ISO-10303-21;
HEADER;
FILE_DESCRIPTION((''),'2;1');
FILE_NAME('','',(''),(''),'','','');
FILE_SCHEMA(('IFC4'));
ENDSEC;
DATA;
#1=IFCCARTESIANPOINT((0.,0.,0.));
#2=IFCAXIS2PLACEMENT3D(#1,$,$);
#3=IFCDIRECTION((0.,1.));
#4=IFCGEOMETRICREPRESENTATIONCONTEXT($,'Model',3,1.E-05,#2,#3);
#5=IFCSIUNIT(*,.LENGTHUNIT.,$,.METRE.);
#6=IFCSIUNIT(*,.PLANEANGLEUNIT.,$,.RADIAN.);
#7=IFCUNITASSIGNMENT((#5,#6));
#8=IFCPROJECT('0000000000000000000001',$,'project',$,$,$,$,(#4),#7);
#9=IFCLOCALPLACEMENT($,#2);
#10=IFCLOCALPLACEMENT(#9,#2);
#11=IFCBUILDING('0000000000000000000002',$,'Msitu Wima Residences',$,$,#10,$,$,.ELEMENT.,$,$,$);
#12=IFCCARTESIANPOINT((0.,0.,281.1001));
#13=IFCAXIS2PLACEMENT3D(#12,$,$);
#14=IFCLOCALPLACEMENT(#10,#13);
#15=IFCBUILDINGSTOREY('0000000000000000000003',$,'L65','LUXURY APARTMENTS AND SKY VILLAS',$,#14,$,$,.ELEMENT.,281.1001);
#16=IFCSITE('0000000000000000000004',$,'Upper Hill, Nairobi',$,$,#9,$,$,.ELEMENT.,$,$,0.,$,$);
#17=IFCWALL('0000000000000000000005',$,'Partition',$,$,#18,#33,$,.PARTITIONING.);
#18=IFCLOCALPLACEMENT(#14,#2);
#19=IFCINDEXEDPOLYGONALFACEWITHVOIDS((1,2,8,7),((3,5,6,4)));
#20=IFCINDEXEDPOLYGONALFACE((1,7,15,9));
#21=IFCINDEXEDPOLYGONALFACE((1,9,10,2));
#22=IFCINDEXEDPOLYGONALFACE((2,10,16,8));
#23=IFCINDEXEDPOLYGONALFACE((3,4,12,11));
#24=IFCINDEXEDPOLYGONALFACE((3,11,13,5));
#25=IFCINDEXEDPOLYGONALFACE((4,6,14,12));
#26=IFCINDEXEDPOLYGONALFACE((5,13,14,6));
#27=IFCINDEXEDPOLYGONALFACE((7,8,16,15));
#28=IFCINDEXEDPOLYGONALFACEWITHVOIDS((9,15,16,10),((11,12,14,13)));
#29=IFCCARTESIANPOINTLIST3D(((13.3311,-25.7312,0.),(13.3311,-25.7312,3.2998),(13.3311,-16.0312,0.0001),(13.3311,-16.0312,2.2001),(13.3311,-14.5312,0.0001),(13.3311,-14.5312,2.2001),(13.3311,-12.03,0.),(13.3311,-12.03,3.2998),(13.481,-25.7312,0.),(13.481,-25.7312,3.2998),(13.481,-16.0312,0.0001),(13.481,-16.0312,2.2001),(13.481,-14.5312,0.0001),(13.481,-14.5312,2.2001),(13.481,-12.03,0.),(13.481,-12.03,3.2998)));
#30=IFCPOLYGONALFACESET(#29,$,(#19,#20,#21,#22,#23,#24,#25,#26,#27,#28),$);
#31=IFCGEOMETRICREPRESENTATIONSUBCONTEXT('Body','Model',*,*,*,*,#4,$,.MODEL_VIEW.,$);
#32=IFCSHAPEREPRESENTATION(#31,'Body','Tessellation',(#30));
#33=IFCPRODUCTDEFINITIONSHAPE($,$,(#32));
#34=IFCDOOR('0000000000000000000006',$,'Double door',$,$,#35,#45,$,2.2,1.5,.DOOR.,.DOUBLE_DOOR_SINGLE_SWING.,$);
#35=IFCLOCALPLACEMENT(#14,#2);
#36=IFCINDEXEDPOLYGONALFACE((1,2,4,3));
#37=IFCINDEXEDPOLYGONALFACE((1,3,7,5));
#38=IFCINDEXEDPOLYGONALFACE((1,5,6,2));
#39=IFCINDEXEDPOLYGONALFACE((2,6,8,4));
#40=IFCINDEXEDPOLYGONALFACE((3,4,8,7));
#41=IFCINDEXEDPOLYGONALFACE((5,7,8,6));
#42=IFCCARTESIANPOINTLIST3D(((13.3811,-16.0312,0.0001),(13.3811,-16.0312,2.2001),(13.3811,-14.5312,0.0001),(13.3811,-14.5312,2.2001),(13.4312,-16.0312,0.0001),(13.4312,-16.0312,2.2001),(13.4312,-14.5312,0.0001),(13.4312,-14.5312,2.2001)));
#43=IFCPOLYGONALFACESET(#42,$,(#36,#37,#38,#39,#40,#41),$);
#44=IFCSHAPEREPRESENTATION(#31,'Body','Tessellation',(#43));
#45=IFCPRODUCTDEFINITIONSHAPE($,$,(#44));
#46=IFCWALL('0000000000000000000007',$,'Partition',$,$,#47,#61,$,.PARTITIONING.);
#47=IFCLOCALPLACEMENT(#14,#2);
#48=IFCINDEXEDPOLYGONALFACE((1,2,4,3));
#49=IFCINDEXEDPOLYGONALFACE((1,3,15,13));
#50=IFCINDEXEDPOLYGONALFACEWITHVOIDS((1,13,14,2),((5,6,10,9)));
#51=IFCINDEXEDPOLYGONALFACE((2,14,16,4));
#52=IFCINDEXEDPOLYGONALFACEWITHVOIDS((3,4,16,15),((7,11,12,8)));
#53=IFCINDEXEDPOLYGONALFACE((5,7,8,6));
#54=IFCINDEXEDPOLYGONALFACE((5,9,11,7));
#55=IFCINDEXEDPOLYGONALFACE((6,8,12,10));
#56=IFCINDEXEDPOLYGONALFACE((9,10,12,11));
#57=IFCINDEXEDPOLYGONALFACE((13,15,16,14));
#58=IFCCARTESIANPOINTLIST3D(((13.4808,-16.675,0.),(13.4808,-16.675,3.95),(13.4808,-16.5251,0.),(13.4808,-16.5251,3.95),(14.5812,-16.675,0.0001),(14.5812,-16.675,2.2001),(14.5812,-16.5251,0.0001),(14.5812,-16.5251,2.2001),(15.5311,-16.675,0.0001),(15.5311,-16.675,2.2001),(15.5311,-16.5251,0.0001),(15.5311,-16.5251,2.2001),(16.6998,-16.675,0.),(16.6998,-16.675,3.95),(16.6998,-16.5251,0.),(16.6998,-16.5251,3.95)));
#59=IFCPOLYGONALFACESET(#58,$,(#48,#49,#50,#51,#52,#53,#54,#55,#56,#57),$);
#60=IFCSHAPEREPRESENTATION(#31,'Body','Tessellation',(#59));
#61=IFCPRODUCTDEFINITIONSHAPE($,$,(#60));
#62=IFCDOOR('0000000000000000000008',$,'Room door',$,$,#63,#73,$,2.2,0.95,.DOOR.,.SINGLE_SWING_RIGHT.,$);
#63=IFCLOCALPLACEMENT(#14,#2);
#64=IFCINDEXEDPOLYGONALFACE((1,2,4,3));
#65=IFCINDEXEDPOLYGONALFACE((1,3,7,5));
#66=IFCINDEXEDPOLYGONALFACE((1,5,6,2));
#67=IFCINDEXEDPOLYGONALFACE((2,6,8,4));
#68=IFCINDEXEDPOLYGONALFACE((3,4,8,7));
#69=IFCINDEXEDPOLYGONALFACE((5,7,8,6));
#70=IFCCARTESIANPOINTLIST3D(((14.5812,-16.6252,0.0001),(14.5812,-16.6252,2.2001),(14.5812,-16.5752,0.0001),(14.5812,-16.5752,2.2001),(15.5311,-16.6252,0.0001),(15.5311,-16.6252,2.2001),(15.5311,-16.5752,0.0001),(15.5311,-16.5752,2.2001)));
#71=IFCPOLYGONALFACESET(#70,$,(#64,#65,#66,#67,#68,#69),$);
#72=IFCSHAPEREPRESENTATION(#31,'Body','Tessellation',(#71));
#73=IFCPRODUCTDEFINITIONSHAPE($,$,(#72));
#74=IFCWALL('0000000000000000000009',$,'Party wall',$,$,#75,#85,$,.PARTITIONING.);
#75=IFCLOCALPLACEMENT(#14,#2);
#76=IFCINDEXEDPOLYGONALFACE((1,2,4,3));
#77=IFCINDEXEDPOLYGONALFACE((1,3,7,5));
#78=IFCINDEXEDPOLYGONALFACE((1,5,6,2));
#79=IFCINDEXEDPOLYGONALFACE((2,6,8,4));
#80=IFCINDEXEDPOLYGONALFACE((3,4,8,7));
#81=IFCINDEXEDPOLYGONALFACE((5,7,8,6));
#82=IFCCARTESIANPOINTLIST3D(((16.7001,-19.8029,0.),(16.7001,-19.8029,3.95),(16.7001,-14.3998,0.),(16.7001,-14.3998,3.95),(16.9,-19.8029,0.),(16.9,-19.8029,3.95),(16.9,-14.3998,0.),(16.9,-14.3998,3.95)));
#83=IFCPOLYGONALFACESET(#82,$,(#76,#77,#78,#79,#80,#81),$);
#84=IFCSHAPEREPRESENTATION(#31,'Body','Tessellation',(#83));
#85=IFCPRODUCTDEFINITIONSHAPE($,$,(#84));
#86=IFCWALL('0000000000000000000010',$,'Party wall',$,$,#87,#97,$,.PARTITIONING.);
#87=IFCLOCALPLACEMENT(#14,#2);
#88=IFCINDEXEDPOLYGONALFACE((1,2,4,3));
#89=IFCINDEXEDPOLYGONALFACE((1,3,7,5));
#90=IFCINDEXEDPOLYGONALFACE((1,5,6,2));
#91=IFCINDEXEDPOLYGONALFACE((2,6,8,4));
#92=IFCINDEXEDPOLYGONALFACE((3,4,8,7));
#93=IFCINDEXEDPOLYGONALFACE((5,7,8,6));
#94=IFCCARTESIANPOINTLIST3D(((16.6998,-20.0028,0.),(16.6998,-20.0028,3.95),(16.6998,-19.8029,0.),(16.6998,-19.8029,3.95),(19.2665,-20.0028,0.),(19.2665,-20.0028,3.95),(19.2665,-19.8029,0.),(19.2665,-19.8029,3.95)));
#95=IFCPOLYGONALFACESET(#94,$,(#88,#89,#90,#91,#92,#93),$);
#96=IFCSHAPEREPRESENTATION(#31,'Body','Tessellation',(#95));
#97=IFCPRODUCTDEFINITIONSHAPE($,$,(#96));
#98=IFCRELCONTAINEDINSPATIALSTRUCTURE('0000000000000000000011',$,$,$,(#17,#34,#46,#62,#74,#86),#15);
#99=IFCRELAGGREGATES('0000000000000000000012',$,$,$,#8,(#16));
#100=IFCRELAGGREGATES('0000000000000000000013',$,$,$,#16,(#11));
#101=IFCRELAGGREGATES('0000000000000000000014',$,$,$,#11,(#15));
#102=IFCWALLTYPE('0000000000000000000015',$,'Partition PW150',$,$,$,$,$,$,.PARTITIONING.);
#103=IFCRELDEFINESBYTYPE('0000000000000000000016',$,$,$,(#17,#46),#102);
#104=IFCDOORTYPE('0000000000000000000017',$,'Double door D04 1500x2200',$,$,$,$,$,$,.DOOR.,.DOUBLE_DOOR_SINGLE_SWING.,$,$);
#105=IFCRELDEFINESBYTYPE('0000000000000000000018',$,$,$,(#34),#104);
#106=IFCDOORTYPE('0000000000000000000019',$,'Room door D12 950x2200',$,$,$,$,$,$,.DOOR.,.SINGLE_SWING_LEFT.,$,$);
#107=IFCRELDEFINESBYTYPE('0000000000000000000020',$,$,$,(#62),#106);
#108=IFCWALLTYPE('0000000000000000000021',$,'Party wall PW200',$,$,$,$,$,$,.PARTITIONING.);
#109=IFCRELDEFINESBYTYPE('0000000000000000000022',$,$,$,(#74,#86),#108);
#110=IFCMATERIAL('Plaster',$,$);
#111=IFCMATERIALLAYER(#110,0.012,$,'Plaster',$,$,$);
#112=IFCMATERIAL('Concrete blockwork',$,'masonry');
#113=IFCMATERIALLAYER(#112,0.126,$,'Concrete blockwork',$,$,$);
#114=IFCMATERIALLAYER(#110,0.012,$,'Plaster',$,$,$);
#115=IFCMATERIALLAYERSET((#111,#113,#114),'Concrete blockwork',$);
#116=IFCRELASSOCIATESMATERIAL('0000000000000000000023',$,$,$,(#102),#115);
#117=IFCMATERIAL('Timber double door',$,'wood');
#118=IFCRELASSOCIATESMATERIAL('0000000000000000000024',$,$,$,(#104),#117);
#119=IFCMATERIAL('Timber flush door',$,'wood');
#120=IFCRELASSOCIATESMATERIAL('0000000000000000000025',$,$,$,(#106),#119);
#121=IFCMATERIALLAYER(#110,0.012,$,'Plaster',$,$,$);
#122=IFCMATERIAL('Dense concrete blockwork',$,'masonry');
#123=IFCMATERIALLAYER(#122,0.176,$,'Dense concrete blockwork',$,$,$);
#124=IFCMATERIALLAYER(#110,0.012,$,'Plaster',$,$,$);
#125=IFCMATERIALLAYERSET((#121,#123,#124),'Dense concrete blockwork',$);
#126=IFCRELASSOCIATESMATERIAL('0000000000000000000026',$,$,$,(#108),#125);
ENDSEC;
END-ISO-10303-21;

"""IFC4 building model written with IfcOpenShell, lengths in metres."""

from ifc_helpers import new_model, si_unit, direction, frame, frame_2d, origin, place, context, subcontext, project, spatial, rectangle, extrude, material, layer, layer_set, type_object, element, fill, save


model = new_model("IFC4")

# Units and contexts
model_context = context("Model", 3, precision=1e-05, world=origin(), true_north=direction((0.0, 1.0)))
body_context = subcontext(model_context, "Body", "Model", "MODEL_VIEW")
ifc_project = project(units=[si_unit("LENGTHUNIT", "METRE"), si_unit("PLANEANGLEUNIT", "RADIAN")], contexts=[model_context])

# Site, building, storey
site_placement = place(None, origin())
site = spatial("IfcSite", under=ifc_project, at=site_placement, Name="Upper Hill, Nairobi", CompositionType="ELEMENT", RefElevation=0.0)
building_placement = place(site_placement, origin())
building = spatial("IfcBuilding", under=site, at=building_placement, Name="Msitu Wima Residences", CompositionType="ELEMENT")
storey_placement = place(building_placement, frame((0.0, 0.0, 281.1001)))
storey = spatial("IfcBuildingStorey", under=building, at=storey_placement, Name="L65", Description="LUXURY APARTMENTS AND SKY VILLAS", CompositionType="ELEMENT", Elevation=281.1001)

# Shared definitions
ifc_material_1 = material(Name="Plaster")
ifc_material_2 = material(Name="Concrete blockwork", Category="masonry")

# Walls, openings, doors
ifc_layer_1 = layer(ifc_material_1, 0.012, Name="Plaster")
ifc_layer_2 = layer(ifc_material_2, 0.126, Name="Concrete blockwork")
ifc_layer_3 = layer(ifc_material_1, 0.012, Name="Plaster")
ifc_layer_set_1 = layer_set([ifc_layer_1, ifc_layer_2, ifc_layer_3], Name="Concrete blockwork")
wall_type_1 = type_object("IfcWallType", Name="Partition PW150", PredefinedType="PARTITIONING", material=ifc_layer_set_1)
wall_1_placement = place(storey_placement, frame((13.406, -25.7312, 0.0), z_axis=(0.0, 0.0, 1.0), x_axis=(0.0, 1.0, 0.0)))
wall_1 = element("IfcWall", 1, at=wall_1_placement, inside=storey, type_object=wall_type_1, Name="Partition", PredefinedType="PARTITIONING", context=body_context, shape_type="SweptSolid", body=[
    extrude(rectangle(XDim=13.7012, YDim=0.1499, at=frame_2d((6.8506, 0.0))), origin(), (0.0, 0.0, 1.0), 3.2998),
])
opening_1_placement = place(wall_1_placement, frame((9.7, 0.0, 0.0)))
opening_1 = element("IfcOpeningElement", 2, at=opening_1_placement, cuts=wall_1, PredefinedType="OPENING", context=body_context, shape_type="SweptSolid", body=[
    extrude(rectangle(XDim=1.5, YDim=2.2, at=frame_2d((0.75, 1.1001))), frame((0.0, 0.085, 0.0), z_axis=(0.0, -1.0, 0.0), x_axis=(1.0, 0.0, 0.0)), (0.0, 0.0, 1.0), 0.1699),
])
ifc_material_3 = material(Name="Timber double door", Category="wood")
door_type_1 = type_object("IfcDoorType", Name="Double door D04 1500x2200", OperationType="DOUBLE_DOOR_SINGLE_SWING", PredefinedType="DOOR", material=ifc_material_3)
door_1_placement = place(opening_1_placement, origin())
door_1 = element("IfcDoor", 3, at=door_1_placement, inside=storey, type_object=door_type_1, Name="Double door", OperationType="DOUBLE_DOOR_SINGLE_SWING", OverallHeight=2.2, OverallWidth=1.5, PredefinedType="DOOR", context=body_context, shape_type="SweptSolid", body=[
    extrude(rectangle(XDim=1.5, YDim=2.2, at=frame_2d((0.75, 1.1001))), frame((0.0, 0.0249, 0.0), z_axis=(0.0, -1.0, 0.0), x_axis=(1.0, 0.0, 0.0)), (0.0, 0.0, 1.0), 0.05),
])
fill(opening_1, door_1)
wall_2_placement = place(storey_placement, frame((13.481, -16.6001, 0.0), z_axis=(0.0, 0.0, 1.0), x_axis=(1.0, 0.0, 0.0)))
wall_2 = element("IfcWall", 4, at=wall_2_placement, inside=storey, type_object=wall_type_1, Name="Partition", PredefinedType="PARTITIONING", context=body_context, shape_type="SweptSolid", body=[
    extrude(rectangle(XDim=3.219, YDim=0.1499, at=frame_2d((1.6094, 0.0))), origin(), (0.0, 0.0, 1.0), 3.95),
])
opening_2_placement = place(wall_2_placement, frame((1.1001, 0.0, 0.0)))
opening_2 = element("IfcOpeningElement", 5, at=opening_2_placement, cuts=wall_2, PredefinedType="OPENING", context=body_context, shape_type="SweptSolid", body=[
    extrude(rectangle(XDim=0.95, YDim=2.2, at=frame_2d((0.4751, 1.1001))), frame((0.0, 0.085, 0.0), z_axis=(0.0, -1.0, 0.0), x_axis=(1.0, 0.0, 0.0)), (0.0, 0.0, 1.0), 0.1699),
])
ifc_material_4 = material(Name="Timber flush door", Category="wood")
door_type_2 = type_object("IfcDoorType", Name="Room door D12 950x2200", OperationType="SINGLE_SWING_LEFT", PredefinedType="DOOR", material=ifc_material_4)
door_2_placement = place(opening_2_placement, origin())
door_2 = element("IfcDoor", 6, at=door_2_placement, inside=storey, type_object=door_type_2, Name="Room door", OperationType="SINGLE_SWING_RIGHT", OverallHeight=2.2, OverallWidth=0.95, PredefinedType="DOOR", context=body_context, shape_type="SweptSolid", body=[
    extrude(rectangle(XDim=0.95, YDim=2.2, at=frame_2d((0.4751, 1.1001))), frame((0.0, 0.0249, 0.0), z_axis=(0.0, -1.0, 0.0), x_axis=(1.0, 0.0, 0.0)), (0.0, 0.0, 1.0), 0.05),
])
fill(opening_2, door_2)

# Walls
ifc_layer_4 = layer(ifc_material_1, 0.012, Name="Plaster")
ifc_material_5 = material(Name="Dense concrete blockwork", Category="masonry")
ifc_layer_5 = layer(ifc_material_5, 0.176, Name="Dense concrete blockwork")
ifc_layer_6 = layer(ifc_material_1, 0.012, Name="Plaster")
ifc_layer_set_2 = layer_set([ifc_layer_4, ifc_layer_5, ifc_layer_6], Name="Dense concrete blockwork")
wall_type_2 = type_object("IfcWallType", Name="Party wall PW200", PredefinedType="PARTITIONING", material=ifc_layer_set_2)
wall_3_placement = place(storey_placement, frame((16.8, -19.803, 0.0), z_axis=(0.0, 0.0, 1.0), x_axis=(0.0, 1.0, 0.0)))
element("IfcWall", 7, at=wall_3_placement, inside=storey, type_object=wall_type_2, Name="Party wall", PredefinedType="PARTITIONING", context=body_context, shape_type="SweptSolid", body=[
    extrude(rectangle(XDim=5.4031, YDim=0.2, at=frame_2d((2.7017, 0.0))), origin(), (0.0, 0.0, 1.0), 3.95),
])
wall_4_placement = place(storey_placement, frame((16.7, -19.9028, 0.0), z_axis=(0.0, 0.0, 1.0), x_axis=(1.0, 0.0, 0.0)))
element("IfcWall", 8, at=wall_4_placement, inside=storey, type_object=wall_type_2, Name="Party wall", PredefinedType="PARTITIONING", context=body_context, shape_type="SweptSolid", body=[
    extrude(rectangle(XDim=2.5667, YDim=0.2, at=frame_2d((1.2832, 0.0))), origin(), (0.0, 0.0, 1.0), 3.95),
])

save(model, "model.ifc")
